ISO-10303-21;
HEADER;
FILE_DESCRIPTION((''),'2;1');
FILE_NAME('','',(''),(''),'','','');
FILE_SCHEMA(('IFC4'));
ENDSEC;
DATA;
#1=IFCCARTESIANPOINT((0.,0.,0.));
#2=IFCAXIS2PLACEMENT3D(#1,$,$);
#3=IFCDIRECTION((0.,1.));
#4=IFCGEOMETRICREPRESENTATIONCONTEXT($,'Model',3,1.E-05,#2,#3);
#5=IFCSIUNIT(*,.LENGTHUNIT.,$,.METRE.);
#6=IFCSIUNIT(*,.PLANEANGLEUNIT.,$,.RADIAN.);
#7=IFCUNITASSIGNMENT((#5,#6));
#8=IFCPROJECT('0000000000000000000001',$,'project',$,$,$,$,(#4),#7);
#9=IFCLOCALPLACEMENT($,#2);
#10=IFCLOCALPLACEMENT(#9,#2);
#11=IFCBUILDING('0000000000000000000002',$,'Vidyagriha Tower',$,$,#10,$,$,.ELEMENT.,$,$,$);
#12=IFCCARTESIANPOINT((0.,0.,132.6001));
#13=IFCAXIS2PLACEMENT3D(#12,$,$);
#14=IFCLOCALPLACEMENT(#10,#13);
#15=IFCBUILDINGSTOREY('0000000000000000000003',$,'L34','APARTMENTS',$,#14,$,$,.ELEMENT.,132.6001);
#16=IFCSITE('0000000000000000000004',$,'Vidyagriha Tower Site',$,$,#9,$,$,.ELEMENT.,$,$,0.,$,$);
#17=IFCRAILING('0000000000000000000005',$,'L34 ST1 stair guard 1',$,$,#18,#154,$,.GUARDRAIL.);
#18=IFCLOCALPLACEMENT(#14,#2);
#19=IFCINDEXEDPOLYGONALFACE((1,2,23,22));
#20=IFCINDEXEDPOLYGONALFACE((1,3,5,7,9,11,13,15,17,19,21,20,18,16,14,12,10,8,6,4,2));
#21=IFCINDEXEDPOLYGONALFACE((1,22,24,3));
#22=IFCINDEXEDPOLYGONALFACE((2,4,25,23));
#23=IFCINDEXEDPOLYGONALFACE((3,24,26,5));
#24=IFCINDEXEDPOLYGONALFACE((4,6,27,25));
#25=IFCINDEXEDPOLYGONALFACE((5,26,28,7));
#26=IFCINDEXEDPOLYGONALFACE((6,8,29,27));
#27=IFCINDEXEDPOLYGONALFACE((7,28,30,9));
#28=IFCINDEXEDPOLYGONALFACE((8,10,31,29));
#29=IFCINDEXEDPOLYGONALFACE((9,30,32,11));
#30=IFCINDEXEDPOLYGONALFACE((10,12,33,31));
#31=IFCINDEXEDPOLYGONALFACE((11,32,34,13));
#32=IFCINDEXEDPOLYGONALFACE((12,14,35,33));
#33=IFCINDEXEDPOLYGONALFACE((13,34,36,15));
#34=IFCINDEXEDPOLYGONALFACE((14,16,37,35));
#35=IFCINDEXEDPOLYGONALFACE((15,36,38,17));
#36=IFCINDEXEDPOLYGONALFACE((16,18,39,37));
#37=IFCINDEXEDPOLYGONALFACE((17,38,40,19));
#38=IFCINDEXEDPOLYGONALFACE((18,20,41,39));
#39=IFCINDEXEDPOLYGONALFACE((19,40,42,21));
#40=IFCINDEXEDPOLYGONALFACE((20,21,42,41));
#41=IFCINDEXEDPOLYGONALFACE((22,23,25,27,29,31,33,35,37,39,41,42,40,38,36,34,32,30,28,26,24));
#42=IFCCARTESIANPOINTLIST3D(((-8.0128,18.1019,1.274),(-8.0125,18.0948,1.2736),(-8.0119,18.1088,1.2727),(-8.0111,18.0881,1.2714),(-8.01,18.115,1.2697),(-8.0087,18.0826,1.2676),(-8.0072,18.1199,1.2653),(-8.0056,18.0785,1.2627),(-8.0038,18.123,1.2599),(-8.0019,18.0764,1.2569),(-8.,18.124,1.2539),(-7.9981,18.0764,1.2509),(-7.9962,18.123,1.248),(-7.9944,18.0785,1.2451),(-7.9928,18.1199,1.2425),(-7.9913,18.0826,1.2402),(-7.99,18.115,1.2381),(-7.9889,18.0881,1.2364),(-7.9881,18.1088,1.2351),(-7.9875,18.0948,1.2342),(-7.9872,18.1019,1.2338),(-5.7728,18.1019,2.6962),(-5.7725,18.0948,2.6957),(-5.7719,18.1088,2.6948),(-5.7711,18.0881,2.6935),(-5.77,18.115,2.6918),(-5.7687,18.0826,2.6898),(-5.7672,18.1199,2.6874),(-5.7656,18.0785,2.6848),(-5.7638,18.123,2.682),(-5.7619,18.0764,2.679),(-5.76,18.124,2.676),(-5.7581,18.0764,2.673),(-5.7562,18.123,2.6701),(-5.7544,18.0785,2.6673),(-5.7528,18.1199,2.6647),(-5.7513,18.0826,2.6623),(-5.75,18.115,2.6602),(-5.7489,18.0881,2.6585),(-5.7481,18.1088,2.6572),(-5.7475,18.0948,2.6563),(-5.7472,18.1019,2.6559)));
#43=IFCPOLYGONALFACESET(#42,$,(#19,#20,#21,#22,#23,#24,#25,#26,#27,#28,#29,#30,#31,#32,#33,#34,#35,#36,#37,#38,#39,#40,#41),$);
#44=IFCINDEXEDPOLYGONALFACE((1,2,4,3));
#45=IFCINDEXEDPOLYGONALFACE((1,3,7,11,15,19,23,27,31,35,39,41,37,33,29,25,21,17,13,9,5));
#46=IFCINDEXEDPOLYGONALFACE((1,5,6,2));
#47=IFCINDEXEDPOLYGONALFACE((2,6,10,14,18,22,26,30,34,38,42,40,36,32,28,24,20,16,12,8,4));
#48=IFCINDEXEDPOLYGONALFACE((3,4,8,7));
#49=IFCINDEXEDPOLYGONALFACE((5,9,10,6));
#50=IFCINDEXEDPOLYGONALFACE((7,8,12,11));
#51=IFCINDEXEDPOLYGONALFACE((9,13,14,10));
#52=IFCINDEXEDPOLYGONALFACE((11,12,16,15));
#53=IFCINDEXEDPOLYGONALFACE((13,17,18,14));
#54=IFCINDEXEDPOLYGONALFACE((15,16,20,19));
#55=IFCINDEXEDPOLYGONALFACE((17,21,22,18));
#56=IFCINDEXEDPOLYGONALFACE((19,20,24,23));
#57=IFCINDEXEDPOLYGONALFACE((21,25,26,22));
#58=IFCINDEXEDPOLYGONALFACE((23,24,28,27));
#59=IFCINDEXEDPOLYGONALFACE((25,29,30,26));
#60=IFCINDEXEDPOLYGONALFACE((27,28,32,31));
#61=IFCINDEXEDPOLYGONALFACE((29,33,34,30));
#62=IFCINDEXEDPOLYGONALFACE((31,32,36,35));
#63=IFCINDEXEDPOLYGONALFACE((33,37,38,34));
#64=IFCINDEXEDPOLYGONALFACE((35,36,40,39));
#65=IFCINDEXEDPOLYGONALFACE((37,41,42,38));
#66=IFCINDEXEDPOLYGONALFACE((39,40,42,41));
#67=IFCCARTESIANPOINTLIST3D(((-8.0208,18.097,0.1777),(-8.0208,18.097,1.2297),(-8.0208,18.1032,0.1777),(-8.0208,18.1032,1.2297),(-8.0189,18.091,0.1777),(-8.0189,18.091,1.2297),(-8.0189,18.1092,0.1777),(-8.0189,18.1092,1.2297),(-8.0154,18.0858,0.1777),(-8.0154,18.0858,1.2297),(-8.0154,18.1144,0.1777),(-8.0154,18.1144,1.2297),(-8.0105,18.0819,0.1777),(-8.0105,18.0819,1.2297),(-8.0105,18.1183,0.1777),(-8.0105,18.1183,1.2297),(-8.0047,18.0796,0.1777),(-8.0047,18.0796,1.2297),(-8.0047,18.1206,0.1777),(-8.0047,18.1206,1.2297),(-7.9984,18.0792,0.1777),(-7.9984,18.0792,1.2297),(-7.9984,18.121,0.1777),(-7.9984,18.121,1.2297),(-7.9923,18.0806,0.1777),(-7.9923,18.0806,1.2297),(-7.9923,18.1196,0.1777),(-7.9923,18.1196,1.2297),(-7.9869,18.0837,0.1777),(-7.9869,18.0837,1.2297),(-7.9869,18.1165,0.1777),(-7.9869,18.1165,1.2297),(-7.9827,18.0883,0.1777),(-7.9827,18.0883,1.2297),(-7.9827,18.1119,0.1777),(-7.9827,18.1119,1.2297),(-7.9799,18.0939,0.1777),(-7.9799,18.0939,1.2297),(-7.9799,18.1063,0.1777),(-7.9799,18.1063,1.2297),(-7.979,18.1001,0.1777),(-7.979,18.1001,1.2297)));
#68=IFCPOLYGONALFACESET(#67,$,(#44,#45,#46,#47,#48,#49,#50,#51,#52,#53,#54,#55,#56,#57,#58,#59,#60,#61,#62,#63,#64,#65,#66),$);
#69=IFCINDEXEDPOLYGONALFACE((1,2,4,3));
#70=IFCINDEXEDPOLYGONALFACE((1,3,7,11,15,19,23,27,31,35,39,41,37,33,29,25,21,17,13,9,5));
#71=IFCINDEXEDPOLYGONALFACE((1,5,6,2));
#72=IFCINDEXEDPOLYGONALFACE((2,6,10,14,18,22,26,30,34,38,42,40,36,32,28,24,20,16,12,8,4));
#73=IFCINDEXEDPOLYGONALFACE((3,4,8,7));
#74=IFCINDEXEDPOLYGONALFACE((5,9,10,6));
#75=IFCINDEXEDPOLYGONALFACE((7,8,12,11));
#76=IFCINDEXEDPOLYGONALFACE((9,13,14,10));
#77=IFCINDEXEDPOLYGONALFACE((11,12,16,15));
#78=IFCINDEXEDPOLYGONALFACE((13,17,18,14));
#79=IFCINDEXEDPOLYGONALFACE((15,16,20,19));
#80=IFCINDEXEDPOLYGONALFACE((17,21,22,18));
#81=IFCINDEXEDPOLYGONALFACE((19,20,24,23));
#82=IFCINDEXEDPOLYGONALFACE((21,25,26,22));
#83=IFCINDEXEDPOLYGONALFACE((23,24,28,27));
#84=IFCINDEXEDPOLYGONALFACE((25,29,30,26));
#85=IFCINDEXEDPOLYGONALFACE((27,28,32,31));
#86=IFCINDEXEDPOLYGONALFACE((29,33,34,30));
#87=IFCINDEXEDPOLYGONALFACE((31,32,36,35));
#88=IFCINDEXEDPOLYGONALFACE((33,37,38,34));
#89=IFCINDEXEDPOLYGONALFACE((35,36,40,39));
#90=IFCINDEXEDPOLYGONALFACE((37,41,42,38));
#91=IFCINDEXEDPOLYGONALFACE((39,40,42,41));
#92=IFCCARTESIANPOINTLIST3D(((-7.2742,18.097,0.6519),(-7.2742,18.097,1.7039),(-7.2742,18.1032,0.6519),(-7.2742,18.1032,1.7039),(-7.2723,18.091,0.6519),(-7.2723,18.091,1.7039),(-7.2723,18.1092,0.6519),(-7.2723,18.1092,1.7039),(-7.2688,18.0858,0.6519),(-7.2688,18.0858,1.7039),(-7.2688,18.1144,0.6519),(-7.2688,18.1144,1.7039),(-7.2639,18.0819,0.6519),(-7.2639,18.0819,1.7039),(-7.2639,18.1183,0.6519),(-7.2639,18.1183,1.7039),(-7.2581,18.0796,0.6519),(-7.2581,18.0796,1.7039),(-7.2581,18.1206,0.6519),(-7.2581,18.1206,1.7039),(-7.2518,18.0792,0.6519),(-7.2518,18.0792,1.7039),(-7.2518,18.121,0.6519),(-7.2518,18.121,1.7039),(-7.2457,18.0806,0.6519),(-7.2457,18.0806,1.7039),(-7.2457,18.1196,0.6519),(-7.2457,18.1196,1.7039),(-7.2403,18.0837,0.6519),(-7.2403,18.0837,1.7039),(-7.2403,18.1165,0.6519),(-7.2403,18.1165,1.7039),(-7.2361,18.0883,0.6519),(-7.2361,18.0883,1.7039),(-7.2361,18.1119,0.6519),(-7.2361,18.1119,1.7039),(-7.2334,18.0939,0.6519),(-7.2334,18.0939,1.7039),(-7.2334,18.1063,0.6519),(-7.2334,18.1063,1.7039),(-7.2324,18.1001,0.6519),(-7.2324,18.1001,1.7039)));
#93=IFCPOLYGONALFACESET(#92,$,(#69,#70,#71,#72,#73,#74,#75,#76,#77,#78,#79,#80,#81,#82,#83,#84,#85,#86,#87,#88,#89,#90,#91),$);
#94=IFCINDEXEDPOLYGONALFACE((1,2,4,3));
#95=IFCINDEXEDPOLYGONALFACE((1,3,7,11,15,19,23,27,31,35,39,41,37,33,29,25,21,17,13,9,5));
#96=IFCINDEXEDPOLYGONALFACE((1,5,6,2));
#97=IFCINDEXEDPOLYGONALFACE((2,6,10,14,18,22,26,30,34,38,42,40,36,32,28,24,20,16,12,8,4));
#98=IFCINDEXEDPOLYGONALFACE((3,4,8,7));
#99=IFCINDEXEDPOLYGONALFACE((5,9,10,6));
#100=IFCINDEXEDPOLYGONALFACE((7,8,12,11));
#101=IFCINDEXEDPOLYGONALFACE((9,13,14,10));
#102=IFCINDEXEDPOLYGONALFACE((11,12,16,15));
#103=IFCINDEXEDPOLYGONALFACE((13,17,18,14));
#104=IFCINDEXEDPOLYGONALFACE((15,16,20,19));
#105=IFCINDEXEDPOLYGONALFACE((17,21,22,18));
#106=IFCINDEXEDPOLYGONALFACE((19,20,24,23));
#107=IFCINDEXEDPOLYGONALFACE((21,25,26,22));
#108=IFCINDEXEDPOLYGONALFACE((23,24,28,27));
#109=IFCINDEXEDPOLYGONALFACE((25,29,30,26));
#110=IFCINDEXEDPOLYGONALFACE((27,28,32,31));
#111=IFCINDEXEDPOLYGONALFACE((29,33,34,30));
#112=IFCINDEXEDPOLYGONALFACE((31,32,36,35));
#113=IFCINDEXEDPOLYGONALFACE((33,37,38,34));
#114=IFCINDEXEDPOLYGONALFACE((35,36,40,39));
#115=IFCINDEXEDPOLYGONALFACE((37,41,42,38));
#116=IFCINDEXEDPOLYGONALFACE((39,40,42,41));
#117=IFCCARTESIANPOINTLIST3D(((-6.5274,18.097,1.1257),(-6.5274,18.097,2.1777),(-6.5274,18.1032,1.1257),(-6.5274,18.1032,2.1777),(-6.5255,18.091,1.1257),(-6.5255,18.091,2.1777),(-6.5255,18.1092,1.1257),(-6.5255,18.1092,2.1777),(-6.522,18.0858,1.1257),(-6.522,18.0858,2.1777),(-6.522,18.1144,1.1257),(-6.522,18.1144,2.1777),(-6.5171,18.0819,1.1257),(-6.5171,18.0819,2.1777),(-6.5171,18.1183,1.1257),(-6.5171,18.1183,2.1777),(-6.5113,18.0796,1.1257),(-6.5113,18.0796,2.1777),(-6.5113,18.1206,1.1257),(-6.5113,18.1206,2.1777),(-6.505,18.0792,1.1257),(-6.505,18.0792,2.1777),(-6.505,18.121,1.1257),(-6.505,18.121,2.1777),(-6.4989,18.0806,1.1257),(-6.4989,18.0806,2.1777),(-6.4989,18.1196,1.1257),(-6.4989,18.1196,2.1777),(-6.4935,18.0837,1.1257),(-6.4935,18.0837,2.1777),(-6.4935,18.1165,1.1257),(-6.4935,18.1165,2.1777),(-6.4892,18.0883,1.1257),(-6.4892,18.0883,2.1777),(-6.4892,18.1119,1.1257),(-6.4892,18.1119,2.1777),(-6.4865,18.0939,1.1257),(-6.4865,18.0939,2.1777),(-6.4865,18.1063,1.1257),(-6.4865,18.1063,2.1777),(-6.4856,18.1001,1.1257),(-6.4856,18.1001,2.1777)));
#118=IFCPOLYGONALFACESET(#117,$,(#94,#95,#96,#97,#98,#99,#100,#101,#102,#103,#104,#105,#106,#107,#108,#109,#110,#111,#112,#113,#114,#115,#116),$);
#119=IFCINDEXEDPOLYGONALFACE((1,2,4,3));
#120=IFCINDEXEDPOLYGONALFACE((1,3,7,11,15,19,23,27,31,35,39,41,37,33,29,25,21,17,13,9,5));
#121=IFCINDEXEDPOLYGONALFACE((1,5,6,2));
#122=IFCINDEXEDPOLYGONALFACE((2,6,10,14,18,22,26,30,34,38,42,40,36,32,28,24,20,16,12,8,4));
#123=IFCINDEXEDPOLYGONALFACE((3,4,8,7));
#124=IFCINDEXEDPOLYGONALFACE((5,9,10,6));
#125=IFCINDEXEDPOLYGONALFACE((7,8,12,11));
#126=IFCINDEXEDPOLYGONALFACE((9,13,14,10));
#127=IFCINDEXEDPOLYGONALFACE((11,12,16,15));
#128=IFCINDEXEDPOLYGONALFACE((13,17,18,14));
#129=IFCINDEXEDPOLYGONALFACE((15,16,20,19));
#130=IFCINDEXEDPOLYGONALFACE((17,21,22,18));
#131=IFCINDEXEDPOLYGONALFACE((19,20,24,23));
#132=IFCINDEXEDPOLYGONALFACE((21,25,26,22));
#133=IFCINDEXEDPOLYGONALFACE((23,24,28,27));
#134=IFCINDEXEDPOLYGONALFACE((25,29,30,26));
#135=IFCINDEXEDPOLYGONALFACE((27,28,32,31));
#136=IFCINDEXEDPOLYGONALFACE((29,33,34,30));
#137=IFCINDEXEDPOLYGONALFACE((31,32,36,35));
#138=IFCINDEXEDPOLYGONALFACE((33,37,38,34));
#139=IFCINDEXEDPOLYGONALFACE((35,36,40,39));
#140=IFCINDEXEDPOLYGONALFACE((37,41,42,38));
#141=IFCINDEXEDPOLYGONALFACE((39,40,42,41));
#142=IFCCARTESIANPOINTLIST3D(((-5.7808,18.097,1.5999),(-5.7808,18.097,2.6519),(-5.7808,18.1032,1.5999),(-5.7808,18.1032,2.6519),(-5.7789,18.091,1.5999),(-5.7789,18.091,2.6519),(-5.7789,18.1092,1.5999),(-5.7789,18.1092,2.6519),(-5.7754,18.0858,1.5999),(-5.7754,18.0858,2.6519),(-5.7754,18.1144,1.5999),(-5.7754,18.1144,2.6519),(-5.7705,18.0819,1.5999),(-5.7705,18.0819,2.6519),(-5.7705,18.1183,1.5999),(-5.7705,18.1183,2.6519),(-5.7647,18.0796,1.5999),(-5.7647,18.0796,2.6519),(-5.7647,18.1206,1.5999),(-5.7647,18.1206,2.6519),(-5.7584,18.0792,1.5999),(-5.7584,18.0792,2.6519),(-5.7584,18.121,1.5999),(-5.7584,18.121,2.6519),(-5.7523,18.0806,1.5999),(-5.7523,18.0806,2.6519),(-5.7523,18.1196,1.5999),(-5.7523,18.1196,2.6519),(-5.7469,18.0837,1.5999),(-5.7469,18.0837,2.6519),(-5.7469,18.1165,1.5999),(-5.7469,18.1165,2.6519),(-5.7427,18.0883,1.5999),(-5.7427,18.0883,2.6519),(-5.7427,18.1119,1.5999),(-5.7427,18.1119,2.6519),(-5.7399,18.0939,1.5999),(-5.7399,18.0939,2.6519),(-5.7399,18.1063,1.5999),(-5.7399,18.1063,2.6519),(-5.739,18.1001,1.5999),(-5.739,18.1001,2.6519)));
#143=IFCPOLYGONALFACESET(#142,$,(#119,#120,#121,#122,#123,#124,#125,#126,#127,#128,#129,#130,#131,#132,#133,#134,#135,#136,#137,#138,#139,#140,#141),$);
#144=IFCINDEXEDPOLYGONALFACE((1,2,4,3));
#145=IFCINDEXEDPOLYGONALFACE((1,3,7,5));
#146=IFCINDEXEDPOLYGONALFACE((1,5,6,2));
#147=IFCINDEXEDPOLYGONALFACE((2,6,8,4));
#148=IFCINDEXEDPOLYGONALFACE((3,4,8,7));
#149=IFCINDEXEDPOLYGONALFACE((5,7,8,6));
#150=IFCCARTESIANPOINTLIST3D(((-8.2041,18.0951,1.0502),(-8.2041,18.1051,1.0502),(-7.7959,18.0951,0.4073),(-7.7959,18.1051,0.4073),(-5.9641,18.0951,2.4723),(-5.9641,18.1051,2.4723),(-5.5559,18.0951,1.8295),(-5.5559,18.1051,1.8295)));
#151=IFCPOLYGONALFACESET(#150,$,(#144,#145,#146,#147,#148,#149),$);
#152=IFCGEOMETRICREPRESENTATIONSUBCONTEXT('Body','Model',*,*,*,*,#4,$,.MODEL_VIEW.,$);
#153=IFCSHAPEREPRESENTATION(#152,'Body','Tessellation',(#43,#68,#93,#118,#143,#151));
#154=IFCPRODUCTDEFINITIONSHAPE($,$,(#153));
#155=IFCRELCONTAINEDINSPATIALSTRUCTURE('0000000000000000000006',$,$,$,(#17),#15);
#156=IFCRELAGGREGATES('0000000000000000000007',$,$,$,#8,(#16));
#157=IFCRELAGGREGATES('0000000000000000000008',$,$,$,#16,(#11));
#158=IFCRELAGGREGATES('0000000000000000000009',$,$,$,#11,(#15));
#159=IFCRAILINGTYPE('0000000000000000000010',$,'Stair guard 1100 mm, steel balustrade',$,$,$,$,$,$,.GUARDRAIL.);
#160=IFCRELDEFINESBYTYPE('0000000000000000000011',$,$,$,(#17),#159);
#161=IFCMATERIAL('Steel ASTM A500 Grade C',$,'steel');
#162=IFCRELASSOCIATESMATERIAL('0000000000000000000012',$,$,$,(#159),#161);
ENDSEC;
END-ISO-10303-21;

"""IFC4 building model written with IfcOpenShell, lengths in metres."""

from ifc_helpers import new_model, si_unit, direction, frame, origin, origin_2d, place, context, subcontext, project, spatial, rectangle, circle, extrude, material, type_object, element, save


model = new_model("IFC4")

# Units and contexts
model_context = context("Model", 3, precision=1e-05, world=origin(), true_north=direction((0.0, 1.0)))
body_context = subcontext(model_context, "Body", "Model", "MODEL_VIEW")
ifc_project = project(units=[si_unit("LENGTHUNIT", "METRE"), si_unit("PLANEANGLEUNIT", "RADIAN")], contexts=[model_context])

# Site, building, storey
site_placement = place(None, origin())
site = spatial("IfcSite", under=ifc_project, at=site_placement, Name="Vidyagriha Tower Site", CompositionType="ELEMENT", RefElevation=0.0)
building_placement = place(site_placement, origin())
building = spatial("IfcBuilding", under=site, at=building_placement, Name="Vidyagriha Tower", CompositionType="ELEMENT")
storey_placement = place(building_placement, frame((0.0, 0.0, 132.6001)))
storey = spatial("IfcBuildingStorey", under=building, at=storey_placement, Name="L34", Description="APARTMENTS", CompositionType="ELEMENT", Elevation=132.6001)

# Railing
ifc_material_1 = material(Name="Steel ASTM A500 Grade C", Category="steel")
railing_type_1 = type_object("IfcRailingType", Name="Stair guard 1100 mm, steel balustrade", PredefinedType="GUARDRAIL", material=ifc_material_1)
railing_1_placement = place(storey_placement, frame((-8.0, 18.1001, 0.1777)))
element("IfcRailing", 1, at=railing_1_placement, inside=storey, type_object=railing_type_1, Name="L34 ST1 stair guard 1", PredefinedType="GUARDRAIL", context=body_context, shape_type="SweptSolid", body=[
    extrude(circle(Radius=0.0239, at=origin_2d()), frame((0.0, 0.0, 1.0762), z_axis=(0.844229, 0.0, 0.535982), x_axis=(0.0, 1.0, 0.0)), (0.0, 0.0, 1.0), 2.6533),
    extrude(circle(Radius=0.021, at=origin_2d()), origin(), (0.0, 0.0, 1.0), 1.052),
    extrude(circle(Radius=0.021, at=origin_2d()), frame((0.7466, 0.0, 0.4741)), (0.0, 0.0, 1.0), 1.052),
    extrude(circle(Radius=0.021, at=origin_2d()), frame((1.4934, 0.0, 0.948)), (0.0, 0.0, 1.0), 1.052),
    extrude(circle(Radius=0.021, at=origin_2d()), frame((2.24, 0.0, 1.4221)), (0.0, 0.0, 1.0), 1.052),
    extrude(rectangle(XDim=0.01, YDim=0.7615, at=origin_2d()), frame((0.0, 0.0, 0.551), z_axis=(0.844229, 0.0, 0.535982), x_axis=(0.0, 1.0, 0.0)), (0.0, 0.0, 1.0), 2.6533),
])

save(model, "model.ifc")
